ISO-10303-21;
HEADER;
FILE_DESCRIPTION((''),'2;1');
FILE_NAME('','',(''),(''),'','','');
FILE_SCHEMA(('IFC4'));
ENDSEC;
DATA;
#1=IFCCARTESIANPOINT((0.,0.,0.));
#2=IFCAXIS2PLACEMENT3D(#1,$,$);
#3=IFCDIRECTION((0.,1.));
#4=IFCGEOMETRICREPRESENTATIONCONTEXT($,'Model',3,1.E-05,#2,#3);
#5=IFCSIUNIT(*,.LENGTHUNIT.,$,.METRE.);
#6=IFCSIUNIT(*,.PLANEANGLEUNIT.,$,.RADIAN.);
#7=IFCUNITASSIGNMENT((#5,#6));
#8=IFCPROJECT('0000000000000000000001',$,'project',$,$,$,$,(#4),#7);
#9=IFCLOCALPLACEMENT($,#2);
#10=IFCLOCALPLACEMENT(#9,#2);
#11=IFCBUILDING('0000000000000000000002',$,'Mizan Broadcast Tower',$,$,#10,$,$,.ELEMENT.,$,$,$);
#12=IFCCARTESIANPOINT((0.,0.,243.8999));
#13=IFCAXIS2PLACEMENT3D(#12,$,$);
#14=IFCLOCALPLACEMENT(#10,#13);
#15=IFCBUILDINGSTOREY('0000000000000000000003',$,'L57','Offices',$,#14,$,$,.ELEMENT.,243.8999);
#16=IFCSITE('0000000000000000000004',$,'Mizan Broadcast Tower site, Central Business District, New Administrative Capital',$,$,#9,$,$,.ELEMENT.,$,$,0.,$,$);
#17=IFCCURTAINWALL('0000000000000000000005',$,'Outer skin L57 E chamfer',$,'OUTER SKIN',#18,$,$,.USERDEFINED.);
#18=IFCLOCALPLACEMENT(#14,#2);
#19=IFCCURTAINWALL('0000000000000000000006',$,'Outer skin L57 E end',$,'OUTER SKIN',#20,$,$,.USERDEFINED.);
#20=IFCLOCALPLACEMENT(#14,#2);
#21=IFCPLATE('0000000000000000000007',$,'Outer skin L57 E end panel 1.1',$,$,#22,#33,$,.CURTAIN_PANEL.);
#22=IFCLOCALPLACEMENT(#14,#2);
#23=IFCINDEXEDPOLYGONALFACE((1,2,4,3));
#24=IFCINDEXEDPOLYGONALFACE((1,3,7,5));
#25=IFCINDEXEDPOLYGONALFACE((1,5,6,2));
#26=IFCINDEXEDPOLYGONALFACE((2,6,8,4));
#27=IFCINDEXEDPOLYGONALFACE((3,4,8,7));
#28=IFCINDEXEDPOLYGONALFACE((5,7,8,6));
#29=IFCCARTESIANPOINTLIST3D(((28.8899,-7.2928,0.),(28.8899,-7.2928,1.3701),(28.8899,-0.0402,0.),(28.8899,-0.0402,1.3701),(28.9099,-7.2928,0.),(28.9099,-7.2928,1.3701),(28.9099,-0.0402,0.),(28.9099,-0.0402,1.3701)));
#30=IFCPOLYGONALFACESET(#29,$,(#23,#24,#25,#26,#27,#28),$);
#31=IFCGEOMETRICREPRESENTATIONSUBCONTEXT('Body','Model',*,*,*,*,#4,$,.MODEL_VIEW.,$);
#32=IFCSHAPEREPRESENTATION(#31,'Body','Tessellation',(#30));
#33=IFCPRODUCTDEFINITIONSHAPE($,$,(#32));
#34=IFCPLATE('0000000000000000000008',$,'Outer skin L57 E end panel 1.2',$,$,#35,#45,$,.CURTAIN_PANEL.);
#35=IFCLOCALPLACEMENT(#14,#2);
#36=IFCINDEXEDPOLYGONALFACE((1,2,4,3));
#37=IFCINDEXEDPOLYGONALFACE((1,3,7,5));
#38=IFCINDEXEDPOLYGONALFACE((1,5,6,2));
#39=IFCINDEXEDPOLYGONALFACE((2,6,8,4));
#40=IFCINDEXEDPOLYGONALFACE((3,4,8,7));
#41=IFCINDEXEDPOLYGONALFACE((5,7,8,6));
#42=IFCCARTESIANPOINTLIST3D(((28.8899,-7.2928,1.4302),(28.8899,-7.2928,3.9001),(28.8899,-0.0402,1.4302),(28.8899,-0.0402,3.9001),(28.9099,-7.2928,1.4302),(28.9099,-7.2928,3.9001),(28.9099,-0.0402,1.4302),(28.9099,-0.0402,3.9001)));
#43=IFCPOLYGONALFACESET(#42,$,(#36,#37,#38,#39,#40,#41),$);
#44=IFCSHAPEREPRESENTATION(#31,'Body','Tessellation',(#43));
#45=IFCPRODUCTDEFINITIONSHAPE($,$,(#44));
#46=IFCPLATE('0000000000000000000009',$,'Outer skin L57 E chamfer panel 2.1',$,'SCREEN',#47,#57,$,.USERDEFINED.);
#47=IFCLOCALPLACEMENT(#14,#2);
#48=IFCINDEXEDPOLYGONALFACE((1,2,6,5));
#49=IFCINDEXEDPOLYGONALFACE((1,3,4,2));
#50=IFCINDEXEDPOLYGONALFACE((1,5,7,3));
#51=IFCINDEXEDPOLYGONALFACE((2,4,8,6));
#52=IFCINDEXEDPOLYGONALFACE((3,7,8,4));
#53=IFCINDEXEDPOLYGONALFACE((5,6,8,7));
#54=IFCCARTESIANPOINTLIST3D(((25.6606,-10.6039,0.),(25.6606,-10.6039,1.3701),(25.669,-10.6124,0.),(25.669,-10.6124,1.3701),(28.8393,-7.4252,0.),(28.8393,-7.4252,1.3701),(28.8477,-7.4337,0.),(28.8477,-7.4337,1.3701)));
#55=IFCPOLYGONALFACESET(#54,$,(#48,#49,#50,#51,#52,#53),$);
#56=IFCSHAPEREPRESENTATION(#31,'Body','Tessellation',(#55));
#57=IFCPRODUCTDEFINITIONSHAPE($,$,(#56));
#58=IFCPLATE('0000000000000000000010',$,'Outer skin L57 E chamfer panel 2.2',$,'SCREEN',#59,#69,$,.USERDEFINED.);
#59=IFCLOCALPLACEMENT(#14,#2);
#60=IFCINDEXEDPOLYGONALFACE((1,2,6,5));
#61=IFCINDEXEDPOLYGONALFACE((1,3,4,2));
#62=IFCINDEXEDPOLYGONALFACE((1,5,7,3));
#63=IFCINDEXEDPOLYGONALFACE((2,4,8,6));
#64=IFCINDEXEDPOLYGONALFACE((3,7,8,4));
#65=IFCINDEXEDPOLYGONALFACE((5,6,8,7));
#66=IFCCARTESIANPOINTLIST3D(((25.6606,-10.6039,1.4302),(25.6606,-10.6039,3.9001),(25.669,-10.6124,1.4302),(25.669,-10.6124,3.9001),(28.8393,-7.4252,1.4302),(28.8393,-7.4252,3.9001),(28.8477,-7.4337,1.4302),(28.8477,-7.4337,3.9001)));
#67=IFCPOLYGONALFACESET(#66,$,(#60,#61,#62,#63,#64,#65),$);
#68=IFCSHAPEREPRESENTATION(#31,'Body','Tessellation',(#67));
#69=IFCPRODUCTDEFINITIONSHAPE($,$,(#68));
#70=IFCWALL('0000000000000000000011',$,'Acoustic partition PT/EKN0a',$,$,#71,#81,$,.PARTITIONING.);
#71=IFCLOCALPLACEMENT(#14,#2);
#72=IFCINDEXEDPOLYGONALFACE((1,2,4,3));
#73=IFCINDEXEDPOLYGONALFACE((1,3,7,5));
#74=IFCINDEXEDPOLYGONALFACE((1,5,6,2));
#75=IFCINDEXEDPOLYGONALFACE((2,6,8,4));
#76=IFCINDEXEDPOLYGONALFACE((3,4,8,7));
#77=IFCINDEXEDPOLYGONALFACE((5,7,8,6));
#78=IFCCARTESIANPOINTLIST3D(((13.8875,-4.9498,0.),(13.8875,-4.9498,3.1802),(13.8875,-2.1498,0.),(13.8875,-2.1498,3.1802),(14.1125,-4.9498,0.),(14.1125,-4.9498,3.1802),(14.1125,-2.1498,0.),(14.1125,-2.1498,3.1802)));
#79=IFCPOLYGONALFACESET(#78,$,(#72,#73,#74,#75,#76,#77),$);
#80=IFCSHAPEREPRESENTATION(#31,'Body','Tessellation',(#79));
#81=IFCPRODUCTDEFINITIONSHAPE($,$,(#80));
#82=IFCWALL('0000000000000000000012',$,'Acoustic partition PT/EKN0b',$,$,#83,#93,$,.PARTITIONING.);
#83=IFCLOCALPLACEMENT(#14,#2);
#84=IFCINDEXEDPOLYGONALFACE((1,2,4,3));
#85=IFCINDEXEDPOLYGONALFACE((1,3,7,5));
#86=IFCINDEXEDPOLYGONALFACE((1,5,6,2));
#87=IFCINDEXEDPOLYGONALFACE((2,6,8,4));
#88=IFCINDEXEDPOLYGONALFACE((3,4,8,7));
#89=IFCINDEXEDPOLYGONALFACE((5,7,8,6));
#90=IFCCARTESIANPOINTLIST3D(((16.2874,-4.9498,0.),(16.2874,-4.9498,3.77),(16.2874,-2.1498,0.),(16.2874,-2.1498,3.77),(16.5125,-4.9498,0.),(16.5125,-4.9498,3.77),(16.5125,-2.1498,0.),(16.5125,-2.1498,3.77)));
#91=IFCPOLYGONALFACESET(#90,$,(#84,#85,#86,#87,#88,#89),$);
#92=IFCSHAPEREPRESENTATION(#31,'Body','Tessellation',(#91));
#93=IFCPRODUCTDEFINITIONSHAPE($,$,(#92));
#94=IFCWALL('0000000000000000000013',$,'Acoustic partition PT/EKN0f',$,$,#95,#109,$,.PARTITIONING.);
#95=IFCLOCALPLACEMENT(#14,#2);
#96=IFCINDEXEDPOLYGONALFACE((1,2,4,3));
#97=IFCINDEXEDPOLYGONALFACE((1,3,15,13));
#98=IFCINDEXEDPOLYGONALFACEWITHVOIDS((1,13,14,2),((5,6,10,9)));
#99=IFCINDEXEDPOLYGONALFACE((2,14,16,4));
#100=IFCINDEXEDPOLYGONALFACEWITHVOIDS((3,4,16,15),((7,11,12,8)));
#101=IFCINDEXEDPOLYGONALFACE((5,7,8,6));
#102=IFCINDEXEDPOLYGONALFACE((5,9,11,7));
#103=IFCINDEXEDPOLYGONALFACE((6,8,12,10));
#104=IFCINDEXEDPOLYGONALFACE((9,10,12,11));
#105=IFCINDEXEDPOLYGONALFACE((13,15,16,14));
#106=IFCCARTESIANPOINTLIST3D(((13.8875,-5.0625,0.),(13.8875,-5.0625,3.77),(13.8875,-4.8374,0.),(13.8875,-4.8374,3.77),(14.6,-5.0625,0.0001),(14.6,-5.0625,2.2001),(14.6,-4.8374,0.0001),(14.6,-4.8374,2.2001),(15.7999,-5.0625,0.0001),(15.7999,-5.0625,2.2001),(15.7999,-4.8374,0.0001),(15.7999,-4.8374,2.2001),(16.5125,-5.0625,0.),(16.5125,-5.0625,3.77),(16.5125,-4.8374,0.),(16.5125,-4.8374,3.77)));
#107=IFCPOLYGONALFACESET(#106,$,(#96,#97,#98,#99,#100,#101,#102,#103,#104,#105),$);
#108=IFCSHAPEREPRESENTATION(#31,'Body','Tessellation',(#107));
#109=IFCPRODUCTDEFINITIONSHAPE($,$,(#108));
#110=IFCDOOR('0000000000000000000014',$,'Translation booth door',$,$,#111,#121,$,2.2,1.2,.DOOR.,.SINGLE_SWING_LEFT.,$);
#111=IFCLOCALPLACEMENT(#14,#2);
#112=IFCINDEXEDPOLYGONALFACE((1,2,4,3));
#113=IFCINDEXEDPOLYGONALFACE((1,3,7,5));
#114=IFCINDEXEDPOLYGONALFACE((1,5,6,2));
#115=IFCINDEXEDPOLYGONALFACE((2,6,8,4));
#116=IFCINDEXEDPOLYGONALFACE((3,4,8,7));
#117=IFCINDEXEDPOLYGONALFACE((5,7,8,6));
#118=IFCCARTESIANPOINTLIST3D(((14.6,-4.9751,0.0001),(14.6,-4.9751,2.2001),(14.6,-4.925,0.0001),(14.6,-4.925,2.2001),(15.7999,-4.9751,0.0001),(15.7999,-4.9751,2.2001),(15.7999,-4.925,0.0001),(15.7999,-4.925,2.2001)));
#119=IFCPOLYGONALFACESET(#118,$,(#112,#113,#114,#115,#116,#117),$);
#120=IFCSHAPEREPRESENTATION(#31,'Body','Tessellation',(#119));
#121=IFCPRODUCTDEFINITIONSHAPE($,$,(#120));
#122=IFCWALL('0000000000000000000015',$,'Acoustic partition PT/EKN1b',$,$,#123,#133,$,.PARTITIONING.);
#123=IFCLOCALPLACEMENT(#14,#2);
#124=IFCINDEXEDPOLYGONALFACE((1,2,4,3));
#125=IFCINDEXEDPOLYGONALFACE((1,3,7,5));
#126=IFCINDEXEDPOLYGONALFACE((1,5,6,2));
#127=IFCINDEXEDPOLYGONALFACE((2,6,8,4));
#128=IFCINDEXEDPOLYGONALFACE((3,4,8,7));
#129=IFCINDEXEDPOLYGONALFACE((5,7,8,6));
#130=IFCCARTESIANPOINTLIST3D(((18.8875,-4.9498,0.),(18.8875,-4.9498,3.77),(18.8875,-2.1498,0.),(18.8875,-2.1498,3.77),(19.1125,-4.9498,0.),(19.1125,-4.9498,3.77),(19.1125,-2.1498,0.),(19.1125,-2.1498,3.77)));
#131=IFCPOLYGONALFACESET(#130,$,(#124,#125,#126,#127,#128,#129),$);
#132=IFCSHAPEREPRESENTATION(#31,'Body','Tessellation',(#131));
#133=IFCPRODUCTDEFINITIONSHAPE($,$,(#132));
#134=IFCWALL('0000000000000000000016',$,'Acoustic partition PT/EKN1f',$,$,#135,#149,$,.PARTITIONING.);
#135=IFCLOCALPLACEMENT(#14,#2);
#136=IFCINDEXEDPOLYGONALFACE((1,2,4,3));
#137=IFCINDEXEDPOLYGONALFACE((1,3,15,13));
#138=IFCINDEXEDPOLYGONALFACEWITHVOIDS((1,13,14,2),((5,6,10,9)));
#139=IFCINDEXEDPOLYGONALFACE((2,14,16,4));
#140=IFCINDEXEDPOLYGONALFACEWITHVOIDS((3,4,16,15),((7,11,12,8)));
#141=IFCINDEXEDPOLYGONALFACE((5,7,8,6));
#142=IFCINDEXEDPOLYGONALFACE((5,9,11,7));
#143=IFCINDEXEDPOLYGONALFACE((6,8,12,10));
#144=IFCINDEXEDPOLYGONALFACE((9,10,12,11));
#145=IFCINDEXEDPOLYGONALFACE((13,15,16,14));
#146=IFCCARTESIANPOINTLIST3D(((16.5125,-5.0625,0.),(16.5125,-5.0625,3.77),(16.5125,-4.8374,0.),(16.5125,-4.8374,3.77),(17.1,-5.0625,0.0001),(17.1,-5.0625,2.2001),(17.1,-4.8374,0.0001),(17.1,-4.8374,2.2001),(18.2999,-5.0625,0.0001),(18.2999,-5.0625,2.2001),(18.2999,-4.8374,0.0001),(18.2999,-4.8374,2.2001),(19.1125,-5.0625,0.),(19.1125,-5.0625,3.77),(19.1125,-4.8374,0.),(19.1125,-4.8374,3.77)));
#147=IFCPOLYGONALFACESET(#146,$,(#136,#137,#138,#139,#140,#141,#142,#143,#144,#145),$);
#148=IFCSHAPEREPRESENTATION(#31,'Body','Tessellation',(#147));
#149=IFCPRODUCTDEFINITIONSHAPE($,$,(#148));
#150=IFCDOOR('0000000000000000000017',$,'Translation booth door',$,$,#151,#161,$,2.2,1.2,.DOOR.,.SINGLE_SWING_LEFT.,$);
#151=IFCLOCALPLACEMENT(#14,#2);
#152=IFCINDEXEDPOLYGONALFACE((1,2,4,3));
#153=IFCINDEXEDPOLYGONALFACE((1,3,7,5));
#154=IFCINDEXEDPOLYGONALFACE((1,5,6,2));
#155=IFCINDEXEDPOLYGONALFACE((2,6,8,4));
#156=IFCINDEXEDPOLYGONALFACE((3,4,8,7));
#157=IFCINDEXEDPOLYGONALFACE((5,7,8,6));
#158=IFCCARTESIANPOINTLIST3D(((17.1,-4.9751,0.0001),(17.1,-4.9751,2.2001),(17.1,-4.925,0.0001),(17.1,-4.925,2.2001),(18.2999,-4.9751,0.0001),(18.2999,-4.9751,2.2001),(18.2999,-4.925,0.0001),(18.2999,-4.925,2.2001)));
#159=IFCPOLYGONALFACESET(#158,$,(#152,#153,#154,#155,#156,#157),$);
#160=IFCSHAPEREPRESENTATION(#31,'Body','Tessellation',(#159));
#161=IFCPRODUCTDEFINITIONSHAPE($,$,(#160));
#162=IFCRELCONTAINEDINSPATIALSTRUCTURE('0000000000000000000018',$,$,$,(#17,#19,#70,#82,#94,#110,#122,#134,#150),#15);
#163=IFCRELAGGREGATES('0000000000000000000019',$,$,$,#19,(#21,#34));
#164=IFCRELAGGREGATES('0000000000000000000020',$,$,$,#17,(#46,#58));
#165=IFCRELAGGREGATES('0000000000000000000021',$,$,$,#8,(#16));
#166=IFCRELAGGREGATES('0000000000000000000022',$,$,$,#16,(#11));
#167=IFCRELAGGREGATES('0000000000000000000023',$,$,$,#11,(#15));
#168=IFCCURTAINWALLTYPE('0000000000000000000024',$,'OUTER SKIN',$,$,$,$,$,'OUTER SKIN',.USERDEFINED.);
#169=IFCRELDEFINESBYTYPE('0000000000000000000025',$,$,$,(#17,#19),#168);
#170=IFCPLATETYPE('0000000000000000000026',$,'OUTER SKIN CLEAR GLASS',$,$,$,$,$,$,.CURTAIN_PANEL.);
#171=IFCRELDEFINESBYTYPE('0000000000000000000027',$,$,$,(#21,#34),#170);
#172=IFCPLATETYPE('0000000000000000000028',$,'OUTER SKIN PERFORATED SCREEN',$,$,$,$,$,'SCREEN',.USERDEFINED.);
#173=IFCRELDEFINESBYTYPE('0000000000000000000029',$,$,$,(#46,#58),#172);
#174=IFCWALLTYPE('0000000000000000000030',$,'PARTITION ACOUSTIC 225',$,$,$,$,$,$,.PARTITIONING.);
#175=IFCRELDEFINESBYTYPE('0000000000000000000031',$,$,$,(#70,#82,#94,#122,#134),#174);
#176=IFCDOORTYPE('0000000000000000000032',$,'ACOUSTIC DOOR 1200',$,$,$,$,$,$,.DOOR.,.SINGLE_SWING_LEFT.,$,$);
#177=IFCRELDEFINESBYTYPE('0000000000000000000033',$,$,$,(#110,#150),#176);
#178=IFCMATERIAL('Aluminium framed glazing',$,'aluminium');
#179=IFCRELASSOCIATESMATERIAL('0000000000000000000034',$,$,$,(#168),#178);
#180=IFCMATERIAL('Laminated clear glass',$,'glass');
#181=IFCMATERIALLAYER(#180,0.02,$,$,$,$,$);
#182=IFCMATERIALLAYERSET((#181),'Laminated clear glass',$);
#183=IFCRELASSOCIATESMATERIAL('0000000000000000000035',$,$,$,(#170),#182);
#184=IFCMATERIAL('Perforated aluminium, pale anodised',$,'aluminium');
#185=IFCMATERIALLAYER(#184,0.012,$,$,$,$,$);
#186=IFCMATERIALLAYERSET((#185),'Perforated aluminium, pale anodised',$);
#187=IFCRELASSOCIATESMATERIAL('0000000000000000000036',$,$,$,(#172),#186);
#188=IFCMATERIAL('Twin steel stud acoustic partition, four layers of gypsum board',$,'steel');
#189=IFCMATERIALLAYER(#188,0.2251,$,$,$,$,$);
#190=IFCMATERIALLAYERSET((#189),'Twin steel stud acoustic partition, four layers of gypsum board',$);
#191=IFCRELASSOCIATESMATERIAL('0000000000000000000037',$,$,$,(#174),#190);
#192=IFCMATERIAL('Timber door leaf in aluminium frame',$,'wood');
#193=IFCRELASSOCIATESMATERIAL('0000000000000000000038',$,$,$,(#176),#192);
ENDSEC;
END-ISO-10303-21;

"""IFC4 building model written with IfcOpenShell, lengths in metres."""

from ifc_helpers import new_model, si_unit, direction, frame, frame_2d, origin, origin_2d, place, context, subcontext, project, spatial, rectangle, extrude, material, layer, layer_set, type_object, element, fill, aggregate, save


model = new_model("IFC4")

# Units and contexts
model_context = context("Model", 3, precision=1e-05, world=origin(), true_north=direction((0.0, 1.0)))
body_context = subcontext(model_context, "Body", "Model", "MODEL_VIEW")
ifc_project = project(units=[si_unit("LENGTHUNIT", "METRE"), si_unit("PLANEANGLEUNIT", "RADIAN")], contexts=[model_context])

# Site, building, storey
site_placement = place(None, origin())
site = spatial("IfcSite", under=ifc_project, at=site_placement, Name="Mizan Broadcast Tower site, Central Business District, New Administrative Capital", CompositionType="ELEMENT", RefElevation=0.0)
building_placement = place(site_placement, origin())
building = spatial("IfcBuilding", under=site, at=building_placement, Name="Mizan Broadcast Tower", CompositionType="ELEMENT")
storey_placement = place(building_placement, frame((0.0, 0.0, 243.8999)))
storey = spatial("IfcBuildingStorey", under=building, at=storey_placement, Name="L57", Description="Offices", CompositionType="ELEMENT", Elevation=243.8999)

# Curtain wall
ifc_material_1 = material(Name="Aluminium framed glazing", Category="aluminium")
curtain_wall_type_1 = type_object("IfcCurtainWallType", Name="OUTER SKIN", ElementType="OUTER SKIN", PredefinedType="USERDEFINED", material=ifc_material_1)
curtain_wall_1_placement = place(storey_placement, origin())
curtain_wall_1 = element("IfcCurtainWall", 1, at=curtain_wall_1_placement, inside=storey, type_object=curtain_wall_type_1, Name="Outer skin L57 E chamfer", ObjectType="OUTER SKIN", PredefinedType="USERDEFINED")

# Curtain wall
curtain_wall_2_placement = place(storey_placement, origin())
curtain_wall_2 = element("IfcCurtainWall", 2, at=curtain_wall_2_placement, inside=storey, type_object=curtain_wall_type_1, Name="Outer skin L57 E end", ObjectType="OUTER SKIN", PredefinedType="USERDEFINED")

# Plates
ifc_material_2 = material(Name="Laminated clear glass", Category="glass")
ifc_layer_1 = layer(ifc_material_2, 0.02)
ifc_layer_set_1 = layer_set([ifc_layer_1], Name="Laminated clear glass")
plate_type_1 = type_object("IfcPlateType", Name="OUTER SKIN CLEAR GLASS", PredefinedType="CURTAIN_PANEL", material=ifc_layer_set_1)
plate_1_placement = place(storey_placement, frame((28.8999, -3.6665, 0.0), z_axis=(0.0, 0.0, 1.0), x_axis=(0.0, 1.0, 0.0)))
plate_1 = element("IfcPlate", 3, at=plate_1_placement, type_object=plate_type_1, Name="Outer skin L57 E end panel 1.1", PredefinedType="CURTAIN_PANEL", context=body_context, shape_type="SweptSolid", body=[
    extrude(rectangle(XDim=7.2527, YDim=0.02, at=origin_2d()), origin(), (0.0, 0.0, 1.0), 1.3701),
])
plate_2_placement = place(storey_placement, frame((28.8999, -3.6665, 1.4302), z_axis=(0.0, 0.0, 1.0), x_axis=(0.0, 1.0, 0.0)))
plate_2 = element("IfcPlate", 4, at=plate_2_placement, type_object=plate_type_1, Name="Outer skin L57 E end panel 1.2", PredefinedType="CURTAIN_PANEL", context=body_context, shape_type="SweptSolid", body=[
    extrude(rectangle(XDim=7.2527, YDim=0.02, at=origin_2d()), origin(), (0.0, 0.0, 1.0), 2.47),
])
aggregate(curtain_wall_2, [plate_1, plate_2])
ifc_material_3 = material(Name="Perforated aluminium, pale anodised", Category="aluminium")
ifc_layer_2 = layer(ifc_material_3, 0.012)
ifc_layer_set_2 = layer_set([ifc_layer_2], Name="Perforated aluminium, pale anodised")
plate_type_2 = type_object("IfcPlateType", Name="OUTER SKIN PERFORATED SCREEN", ElementType="SCREEN", PredefinedType="USERDEFINED", material=ifc_layer_set_2)
plate_3_placement = place(storey_placement, frame((27.2542, -9.0188, 0.0), z_axis=(0.0, 0.0, 1.0), x_axis=(0.707107, 0.707107, 0.0)))
plate_3 = element("IfcPlate", 5, at=plate_3_placement, type_object=plate_type_2, Name="Outer skin L57 E chamfer panel 2.1", ObjectType="SCREEN", PredefinedType="USERDEFINED", context=body_context, shape_type="SweptSolid", body=[
    extrude(rectangle(XDim=4.4954, YDim=0.012, at=origin_2d()), origin(), (0.0, 0.0, 1.0), 1.3701),
])
plate_4_placement = place(storey_placement, frame((27.2542, -9.0188, 1.4302), z_axis=(0.0, 0.0, 1.0), x_axis=(0.707107, 0.707107, 0.0)))
plate_4 = element("IfcPlate", 6, at=plate_4_placement, type_object=plate_type_2, Name="Outer skin L57 E chamfer panel 2.2", ObjectType="SCREEN", PredefinedType="USERDEFINED", context=body_context, shape_type="SweptSolid", body=[
    extrude(rectangle(XDim=4.4954, YDim=0.012, at=origin_2d()), origin(), (0.0, 0.0, 1.0), 2.47),
])
aggregate(curtain_wall_1, [plate_3, plate_4])

# Walls
ifc_material_4 = material(Name="Twin steel stud acoustic partition, four layers of gypsum board", Category="steel")
ifc_layer_3 = layer(ifc_material_4, 0.2251)
ifc_layer_set_3 = layer_set([ifc_layer_3], Name="Twin steel stud acoustic partition, four layers of gypsum board")
wall_type = type_object("IfcWallType", Name="PARTITION ACOUSTIC 225", PredefinedType="PARTITIONING", material=ifc_layer_set_3)
wall_1_placement = place(storey_placement, frame((14.0, -2.1499, 0.0), z_axis=(0.0, 0.0, 1.0), x_axis=(0.0, -1.0, 0.0)))
element("IfcWall", 7, at=wall_1_placement, inside=storey, type_object=wall_type, Name="Acoustic partition PT/EKN0a", PredefinedType="PARTITIONING", context=body_context, shape_type="SweptSolid", body=[
    extrude(rectangle(XDim=2.8, YDim=0.2251, at=frame_2d((1.3999, 0.0))), origin(), (0.0, 0.0, 1.0), 3.1802),
])
wall_2_placement = place(storey_placement, frame((16.3999, -2.1499, 0.0), z_axis=(0.0, 0.0, 1.0), x_axis=(0.0, -1.0, 0.0)))
element("IfcWall", 8, at=wall_2_placement, inside=storey, type_object=wall_type, Name="Acoustic partition PT/EKN0b", PredefinedType="PARTITIONING", context=body_context, shape_type="SweptSolid", body=[
    extrude(rectangle(XDim=2.8, YDim=0.2251, at=frame_2d((1.3999, 0.0))), origin(), (0.0, 0.0, 1.0), 3.77),
])

# Wall, opening, door
wall_3_placement = place(storey_placement, frame((13.8875, -4.95, 0.0), z_axis=(0.0, 0.0, 1.0), x_axis=(1.0, 0.0, 0.0)))
wall_3 = element("IfcWall", 9, at=wall_3_placement, inside=storey, type_object=wall_type, Name="Acoustic partition PT/EKN0f", PredefinedType="PARTITIONING", context=body_context, shape_type="SweptSolid", body=[
    extrude(rectangle(XDim=2.625, YDim=0.2251, at=frame_2d((1.3125, 0.0))), origin(), (0.0, 0.0, 1.0), 3.77),
])
opening_1_placement = place(wall_3_placement, frame((0.7124, 0.0, 0.0)))
opening_1 = element("IfcOpeningElement", 10, at=opening_1_placement, cuts=wall_3, PredefinedType="OPENING", context=body_context, shape_type="SweptSolid", body=[
    extrude(rectangle(XDim=1.2, YDim=2.2, at=frame_2d((0.6001, 1.1001))), frame((0.0, 0.1226, 0.0), z_axis=(0.0, -1.0, 0.0), x_axis=(1.0, 0.0, 0.0)), (0.0, 0.0, 1.0), 0.2451),
])
ifc_material_5 = material(Name="Timber door leaf in aluminium frame", Category="wood")
door_type = type_object("IfcDoorType", Name="ACOUSTIC DOOR 1200", OperationType="SINGLE_SWING_LEFT", PredefinedType="DOOR", material=ifc_material_5)
door_1_placement = place(opening_1_placement, origin())
door_1 = element("IfcDoor", 11, at=door_1_placement, inside=storey, type_object=door_type, Name="Translation booth door", OperationType="SINGLE_SWING_LEFT", OverallHeight=2.2, OverallWidth=1.2, PredefinedType="DOOR", context=body_context, shape_type="SweptSolid", body=[
    extrude(rectangle(XDim=1.2, YDim=2.2, at=frame_2d((0.6001, 1.1001))), frame((0.0, 0.0249, 0.0), z_axis=(0.0, -1.0, 0.0), x_axis=(1.0, 0.0, 0.0)), (0.0, 0.0, 1.0), 0.05),
])
fill(opening_1, door_1)

# Wall
wall_4_placement = place(storey_placement, frame((19.0, -2.1499, 0.0), z_axis=(0.0, 0.0, 1.0), x_axis=(0.0, -1.0, 0.0)))
element("IfcWall", 12, at=wall_4_placement, inside=storey, type_object=wall_type, Name="Acoustic partition PT/EKN1b", PredefinedType="PARTITIONING", context=body_context, shape_type="SweptSolid", body=[
    extrude(rectangle(XDim=2.8, YDim=0.2251, at=frame_2d((1.3999, 0.0))), origin(), (0.0, 0.0, 1.0), 3.77),
])

# Wall, opening, door
wall_5_placement = place(storey_placement, frame((16.5125, -4.95, 0.0), z_axis=(0.0, 0.0, 1.0), x_axis=(1.0, 0.0, 0.0)))
wall_5 = element("IfcWall", 13, at=wall_5_placement, inside=storey, type_object=wall_type, Name="Acoustic partition PT/EKN1f", PredefinedType="PARTITIONING", context=body_context, shape_type="SweptSolid", body=[
    extrude(rectangle(XDim=2.6001, YDim=0.2251, at=frame_2d((1.3, 0.0))), origin(), (0.0, 0.0, 1.0), 3.77),
])
opening_2_placement = place(wall_5_placement, frame((0.5874, 0.0, 0.0)))
opening_2 = element("IfcOpeningElement", 14, at=opening_2_placement, cuts=wall_5, PredefinedType="OPENING", context=body_context, shape_type="SweptSolid", body=[
    extrude(rectangle(XDim=1.2, YDim=2.2, at=frame_2d((0.6001, 1.1001))), frame((0.0, 0.1226, 0.0), z_axis=(0.0, -1.0, 0.0), x_axis=(1.0, 0.0, 0.0)), (0.0, 0.0, 1.0), 0.2451),
])
door_2_placement = place(opening_2_placement, origin())
door_2 = element("IfcDoor", 15, at=door_2_placement, inside=storey, type_object=door_type, Name="Translation booth door", OperationType="SINGLE_SWING_LEFT", OverallHeight=2.2, OverallWidth=1.2, PredefinedType="DOOR", context=body_context, shape_type="SweptSolid", body=[
    extrude(rectangle(XDim=1.2, YDim=2.2, at=frame_2d((0.6001, 1.1001))), frame((0.0, 0.0249, 0.0), z_axis=(0.0, -1.0, 0.0), x_axis=(1.0, 0.0, 0.0)), (0.0, 0.0, 1.0), 0.05),
])
fill(opening_2, door_2)

save(model, "model.ifc")
